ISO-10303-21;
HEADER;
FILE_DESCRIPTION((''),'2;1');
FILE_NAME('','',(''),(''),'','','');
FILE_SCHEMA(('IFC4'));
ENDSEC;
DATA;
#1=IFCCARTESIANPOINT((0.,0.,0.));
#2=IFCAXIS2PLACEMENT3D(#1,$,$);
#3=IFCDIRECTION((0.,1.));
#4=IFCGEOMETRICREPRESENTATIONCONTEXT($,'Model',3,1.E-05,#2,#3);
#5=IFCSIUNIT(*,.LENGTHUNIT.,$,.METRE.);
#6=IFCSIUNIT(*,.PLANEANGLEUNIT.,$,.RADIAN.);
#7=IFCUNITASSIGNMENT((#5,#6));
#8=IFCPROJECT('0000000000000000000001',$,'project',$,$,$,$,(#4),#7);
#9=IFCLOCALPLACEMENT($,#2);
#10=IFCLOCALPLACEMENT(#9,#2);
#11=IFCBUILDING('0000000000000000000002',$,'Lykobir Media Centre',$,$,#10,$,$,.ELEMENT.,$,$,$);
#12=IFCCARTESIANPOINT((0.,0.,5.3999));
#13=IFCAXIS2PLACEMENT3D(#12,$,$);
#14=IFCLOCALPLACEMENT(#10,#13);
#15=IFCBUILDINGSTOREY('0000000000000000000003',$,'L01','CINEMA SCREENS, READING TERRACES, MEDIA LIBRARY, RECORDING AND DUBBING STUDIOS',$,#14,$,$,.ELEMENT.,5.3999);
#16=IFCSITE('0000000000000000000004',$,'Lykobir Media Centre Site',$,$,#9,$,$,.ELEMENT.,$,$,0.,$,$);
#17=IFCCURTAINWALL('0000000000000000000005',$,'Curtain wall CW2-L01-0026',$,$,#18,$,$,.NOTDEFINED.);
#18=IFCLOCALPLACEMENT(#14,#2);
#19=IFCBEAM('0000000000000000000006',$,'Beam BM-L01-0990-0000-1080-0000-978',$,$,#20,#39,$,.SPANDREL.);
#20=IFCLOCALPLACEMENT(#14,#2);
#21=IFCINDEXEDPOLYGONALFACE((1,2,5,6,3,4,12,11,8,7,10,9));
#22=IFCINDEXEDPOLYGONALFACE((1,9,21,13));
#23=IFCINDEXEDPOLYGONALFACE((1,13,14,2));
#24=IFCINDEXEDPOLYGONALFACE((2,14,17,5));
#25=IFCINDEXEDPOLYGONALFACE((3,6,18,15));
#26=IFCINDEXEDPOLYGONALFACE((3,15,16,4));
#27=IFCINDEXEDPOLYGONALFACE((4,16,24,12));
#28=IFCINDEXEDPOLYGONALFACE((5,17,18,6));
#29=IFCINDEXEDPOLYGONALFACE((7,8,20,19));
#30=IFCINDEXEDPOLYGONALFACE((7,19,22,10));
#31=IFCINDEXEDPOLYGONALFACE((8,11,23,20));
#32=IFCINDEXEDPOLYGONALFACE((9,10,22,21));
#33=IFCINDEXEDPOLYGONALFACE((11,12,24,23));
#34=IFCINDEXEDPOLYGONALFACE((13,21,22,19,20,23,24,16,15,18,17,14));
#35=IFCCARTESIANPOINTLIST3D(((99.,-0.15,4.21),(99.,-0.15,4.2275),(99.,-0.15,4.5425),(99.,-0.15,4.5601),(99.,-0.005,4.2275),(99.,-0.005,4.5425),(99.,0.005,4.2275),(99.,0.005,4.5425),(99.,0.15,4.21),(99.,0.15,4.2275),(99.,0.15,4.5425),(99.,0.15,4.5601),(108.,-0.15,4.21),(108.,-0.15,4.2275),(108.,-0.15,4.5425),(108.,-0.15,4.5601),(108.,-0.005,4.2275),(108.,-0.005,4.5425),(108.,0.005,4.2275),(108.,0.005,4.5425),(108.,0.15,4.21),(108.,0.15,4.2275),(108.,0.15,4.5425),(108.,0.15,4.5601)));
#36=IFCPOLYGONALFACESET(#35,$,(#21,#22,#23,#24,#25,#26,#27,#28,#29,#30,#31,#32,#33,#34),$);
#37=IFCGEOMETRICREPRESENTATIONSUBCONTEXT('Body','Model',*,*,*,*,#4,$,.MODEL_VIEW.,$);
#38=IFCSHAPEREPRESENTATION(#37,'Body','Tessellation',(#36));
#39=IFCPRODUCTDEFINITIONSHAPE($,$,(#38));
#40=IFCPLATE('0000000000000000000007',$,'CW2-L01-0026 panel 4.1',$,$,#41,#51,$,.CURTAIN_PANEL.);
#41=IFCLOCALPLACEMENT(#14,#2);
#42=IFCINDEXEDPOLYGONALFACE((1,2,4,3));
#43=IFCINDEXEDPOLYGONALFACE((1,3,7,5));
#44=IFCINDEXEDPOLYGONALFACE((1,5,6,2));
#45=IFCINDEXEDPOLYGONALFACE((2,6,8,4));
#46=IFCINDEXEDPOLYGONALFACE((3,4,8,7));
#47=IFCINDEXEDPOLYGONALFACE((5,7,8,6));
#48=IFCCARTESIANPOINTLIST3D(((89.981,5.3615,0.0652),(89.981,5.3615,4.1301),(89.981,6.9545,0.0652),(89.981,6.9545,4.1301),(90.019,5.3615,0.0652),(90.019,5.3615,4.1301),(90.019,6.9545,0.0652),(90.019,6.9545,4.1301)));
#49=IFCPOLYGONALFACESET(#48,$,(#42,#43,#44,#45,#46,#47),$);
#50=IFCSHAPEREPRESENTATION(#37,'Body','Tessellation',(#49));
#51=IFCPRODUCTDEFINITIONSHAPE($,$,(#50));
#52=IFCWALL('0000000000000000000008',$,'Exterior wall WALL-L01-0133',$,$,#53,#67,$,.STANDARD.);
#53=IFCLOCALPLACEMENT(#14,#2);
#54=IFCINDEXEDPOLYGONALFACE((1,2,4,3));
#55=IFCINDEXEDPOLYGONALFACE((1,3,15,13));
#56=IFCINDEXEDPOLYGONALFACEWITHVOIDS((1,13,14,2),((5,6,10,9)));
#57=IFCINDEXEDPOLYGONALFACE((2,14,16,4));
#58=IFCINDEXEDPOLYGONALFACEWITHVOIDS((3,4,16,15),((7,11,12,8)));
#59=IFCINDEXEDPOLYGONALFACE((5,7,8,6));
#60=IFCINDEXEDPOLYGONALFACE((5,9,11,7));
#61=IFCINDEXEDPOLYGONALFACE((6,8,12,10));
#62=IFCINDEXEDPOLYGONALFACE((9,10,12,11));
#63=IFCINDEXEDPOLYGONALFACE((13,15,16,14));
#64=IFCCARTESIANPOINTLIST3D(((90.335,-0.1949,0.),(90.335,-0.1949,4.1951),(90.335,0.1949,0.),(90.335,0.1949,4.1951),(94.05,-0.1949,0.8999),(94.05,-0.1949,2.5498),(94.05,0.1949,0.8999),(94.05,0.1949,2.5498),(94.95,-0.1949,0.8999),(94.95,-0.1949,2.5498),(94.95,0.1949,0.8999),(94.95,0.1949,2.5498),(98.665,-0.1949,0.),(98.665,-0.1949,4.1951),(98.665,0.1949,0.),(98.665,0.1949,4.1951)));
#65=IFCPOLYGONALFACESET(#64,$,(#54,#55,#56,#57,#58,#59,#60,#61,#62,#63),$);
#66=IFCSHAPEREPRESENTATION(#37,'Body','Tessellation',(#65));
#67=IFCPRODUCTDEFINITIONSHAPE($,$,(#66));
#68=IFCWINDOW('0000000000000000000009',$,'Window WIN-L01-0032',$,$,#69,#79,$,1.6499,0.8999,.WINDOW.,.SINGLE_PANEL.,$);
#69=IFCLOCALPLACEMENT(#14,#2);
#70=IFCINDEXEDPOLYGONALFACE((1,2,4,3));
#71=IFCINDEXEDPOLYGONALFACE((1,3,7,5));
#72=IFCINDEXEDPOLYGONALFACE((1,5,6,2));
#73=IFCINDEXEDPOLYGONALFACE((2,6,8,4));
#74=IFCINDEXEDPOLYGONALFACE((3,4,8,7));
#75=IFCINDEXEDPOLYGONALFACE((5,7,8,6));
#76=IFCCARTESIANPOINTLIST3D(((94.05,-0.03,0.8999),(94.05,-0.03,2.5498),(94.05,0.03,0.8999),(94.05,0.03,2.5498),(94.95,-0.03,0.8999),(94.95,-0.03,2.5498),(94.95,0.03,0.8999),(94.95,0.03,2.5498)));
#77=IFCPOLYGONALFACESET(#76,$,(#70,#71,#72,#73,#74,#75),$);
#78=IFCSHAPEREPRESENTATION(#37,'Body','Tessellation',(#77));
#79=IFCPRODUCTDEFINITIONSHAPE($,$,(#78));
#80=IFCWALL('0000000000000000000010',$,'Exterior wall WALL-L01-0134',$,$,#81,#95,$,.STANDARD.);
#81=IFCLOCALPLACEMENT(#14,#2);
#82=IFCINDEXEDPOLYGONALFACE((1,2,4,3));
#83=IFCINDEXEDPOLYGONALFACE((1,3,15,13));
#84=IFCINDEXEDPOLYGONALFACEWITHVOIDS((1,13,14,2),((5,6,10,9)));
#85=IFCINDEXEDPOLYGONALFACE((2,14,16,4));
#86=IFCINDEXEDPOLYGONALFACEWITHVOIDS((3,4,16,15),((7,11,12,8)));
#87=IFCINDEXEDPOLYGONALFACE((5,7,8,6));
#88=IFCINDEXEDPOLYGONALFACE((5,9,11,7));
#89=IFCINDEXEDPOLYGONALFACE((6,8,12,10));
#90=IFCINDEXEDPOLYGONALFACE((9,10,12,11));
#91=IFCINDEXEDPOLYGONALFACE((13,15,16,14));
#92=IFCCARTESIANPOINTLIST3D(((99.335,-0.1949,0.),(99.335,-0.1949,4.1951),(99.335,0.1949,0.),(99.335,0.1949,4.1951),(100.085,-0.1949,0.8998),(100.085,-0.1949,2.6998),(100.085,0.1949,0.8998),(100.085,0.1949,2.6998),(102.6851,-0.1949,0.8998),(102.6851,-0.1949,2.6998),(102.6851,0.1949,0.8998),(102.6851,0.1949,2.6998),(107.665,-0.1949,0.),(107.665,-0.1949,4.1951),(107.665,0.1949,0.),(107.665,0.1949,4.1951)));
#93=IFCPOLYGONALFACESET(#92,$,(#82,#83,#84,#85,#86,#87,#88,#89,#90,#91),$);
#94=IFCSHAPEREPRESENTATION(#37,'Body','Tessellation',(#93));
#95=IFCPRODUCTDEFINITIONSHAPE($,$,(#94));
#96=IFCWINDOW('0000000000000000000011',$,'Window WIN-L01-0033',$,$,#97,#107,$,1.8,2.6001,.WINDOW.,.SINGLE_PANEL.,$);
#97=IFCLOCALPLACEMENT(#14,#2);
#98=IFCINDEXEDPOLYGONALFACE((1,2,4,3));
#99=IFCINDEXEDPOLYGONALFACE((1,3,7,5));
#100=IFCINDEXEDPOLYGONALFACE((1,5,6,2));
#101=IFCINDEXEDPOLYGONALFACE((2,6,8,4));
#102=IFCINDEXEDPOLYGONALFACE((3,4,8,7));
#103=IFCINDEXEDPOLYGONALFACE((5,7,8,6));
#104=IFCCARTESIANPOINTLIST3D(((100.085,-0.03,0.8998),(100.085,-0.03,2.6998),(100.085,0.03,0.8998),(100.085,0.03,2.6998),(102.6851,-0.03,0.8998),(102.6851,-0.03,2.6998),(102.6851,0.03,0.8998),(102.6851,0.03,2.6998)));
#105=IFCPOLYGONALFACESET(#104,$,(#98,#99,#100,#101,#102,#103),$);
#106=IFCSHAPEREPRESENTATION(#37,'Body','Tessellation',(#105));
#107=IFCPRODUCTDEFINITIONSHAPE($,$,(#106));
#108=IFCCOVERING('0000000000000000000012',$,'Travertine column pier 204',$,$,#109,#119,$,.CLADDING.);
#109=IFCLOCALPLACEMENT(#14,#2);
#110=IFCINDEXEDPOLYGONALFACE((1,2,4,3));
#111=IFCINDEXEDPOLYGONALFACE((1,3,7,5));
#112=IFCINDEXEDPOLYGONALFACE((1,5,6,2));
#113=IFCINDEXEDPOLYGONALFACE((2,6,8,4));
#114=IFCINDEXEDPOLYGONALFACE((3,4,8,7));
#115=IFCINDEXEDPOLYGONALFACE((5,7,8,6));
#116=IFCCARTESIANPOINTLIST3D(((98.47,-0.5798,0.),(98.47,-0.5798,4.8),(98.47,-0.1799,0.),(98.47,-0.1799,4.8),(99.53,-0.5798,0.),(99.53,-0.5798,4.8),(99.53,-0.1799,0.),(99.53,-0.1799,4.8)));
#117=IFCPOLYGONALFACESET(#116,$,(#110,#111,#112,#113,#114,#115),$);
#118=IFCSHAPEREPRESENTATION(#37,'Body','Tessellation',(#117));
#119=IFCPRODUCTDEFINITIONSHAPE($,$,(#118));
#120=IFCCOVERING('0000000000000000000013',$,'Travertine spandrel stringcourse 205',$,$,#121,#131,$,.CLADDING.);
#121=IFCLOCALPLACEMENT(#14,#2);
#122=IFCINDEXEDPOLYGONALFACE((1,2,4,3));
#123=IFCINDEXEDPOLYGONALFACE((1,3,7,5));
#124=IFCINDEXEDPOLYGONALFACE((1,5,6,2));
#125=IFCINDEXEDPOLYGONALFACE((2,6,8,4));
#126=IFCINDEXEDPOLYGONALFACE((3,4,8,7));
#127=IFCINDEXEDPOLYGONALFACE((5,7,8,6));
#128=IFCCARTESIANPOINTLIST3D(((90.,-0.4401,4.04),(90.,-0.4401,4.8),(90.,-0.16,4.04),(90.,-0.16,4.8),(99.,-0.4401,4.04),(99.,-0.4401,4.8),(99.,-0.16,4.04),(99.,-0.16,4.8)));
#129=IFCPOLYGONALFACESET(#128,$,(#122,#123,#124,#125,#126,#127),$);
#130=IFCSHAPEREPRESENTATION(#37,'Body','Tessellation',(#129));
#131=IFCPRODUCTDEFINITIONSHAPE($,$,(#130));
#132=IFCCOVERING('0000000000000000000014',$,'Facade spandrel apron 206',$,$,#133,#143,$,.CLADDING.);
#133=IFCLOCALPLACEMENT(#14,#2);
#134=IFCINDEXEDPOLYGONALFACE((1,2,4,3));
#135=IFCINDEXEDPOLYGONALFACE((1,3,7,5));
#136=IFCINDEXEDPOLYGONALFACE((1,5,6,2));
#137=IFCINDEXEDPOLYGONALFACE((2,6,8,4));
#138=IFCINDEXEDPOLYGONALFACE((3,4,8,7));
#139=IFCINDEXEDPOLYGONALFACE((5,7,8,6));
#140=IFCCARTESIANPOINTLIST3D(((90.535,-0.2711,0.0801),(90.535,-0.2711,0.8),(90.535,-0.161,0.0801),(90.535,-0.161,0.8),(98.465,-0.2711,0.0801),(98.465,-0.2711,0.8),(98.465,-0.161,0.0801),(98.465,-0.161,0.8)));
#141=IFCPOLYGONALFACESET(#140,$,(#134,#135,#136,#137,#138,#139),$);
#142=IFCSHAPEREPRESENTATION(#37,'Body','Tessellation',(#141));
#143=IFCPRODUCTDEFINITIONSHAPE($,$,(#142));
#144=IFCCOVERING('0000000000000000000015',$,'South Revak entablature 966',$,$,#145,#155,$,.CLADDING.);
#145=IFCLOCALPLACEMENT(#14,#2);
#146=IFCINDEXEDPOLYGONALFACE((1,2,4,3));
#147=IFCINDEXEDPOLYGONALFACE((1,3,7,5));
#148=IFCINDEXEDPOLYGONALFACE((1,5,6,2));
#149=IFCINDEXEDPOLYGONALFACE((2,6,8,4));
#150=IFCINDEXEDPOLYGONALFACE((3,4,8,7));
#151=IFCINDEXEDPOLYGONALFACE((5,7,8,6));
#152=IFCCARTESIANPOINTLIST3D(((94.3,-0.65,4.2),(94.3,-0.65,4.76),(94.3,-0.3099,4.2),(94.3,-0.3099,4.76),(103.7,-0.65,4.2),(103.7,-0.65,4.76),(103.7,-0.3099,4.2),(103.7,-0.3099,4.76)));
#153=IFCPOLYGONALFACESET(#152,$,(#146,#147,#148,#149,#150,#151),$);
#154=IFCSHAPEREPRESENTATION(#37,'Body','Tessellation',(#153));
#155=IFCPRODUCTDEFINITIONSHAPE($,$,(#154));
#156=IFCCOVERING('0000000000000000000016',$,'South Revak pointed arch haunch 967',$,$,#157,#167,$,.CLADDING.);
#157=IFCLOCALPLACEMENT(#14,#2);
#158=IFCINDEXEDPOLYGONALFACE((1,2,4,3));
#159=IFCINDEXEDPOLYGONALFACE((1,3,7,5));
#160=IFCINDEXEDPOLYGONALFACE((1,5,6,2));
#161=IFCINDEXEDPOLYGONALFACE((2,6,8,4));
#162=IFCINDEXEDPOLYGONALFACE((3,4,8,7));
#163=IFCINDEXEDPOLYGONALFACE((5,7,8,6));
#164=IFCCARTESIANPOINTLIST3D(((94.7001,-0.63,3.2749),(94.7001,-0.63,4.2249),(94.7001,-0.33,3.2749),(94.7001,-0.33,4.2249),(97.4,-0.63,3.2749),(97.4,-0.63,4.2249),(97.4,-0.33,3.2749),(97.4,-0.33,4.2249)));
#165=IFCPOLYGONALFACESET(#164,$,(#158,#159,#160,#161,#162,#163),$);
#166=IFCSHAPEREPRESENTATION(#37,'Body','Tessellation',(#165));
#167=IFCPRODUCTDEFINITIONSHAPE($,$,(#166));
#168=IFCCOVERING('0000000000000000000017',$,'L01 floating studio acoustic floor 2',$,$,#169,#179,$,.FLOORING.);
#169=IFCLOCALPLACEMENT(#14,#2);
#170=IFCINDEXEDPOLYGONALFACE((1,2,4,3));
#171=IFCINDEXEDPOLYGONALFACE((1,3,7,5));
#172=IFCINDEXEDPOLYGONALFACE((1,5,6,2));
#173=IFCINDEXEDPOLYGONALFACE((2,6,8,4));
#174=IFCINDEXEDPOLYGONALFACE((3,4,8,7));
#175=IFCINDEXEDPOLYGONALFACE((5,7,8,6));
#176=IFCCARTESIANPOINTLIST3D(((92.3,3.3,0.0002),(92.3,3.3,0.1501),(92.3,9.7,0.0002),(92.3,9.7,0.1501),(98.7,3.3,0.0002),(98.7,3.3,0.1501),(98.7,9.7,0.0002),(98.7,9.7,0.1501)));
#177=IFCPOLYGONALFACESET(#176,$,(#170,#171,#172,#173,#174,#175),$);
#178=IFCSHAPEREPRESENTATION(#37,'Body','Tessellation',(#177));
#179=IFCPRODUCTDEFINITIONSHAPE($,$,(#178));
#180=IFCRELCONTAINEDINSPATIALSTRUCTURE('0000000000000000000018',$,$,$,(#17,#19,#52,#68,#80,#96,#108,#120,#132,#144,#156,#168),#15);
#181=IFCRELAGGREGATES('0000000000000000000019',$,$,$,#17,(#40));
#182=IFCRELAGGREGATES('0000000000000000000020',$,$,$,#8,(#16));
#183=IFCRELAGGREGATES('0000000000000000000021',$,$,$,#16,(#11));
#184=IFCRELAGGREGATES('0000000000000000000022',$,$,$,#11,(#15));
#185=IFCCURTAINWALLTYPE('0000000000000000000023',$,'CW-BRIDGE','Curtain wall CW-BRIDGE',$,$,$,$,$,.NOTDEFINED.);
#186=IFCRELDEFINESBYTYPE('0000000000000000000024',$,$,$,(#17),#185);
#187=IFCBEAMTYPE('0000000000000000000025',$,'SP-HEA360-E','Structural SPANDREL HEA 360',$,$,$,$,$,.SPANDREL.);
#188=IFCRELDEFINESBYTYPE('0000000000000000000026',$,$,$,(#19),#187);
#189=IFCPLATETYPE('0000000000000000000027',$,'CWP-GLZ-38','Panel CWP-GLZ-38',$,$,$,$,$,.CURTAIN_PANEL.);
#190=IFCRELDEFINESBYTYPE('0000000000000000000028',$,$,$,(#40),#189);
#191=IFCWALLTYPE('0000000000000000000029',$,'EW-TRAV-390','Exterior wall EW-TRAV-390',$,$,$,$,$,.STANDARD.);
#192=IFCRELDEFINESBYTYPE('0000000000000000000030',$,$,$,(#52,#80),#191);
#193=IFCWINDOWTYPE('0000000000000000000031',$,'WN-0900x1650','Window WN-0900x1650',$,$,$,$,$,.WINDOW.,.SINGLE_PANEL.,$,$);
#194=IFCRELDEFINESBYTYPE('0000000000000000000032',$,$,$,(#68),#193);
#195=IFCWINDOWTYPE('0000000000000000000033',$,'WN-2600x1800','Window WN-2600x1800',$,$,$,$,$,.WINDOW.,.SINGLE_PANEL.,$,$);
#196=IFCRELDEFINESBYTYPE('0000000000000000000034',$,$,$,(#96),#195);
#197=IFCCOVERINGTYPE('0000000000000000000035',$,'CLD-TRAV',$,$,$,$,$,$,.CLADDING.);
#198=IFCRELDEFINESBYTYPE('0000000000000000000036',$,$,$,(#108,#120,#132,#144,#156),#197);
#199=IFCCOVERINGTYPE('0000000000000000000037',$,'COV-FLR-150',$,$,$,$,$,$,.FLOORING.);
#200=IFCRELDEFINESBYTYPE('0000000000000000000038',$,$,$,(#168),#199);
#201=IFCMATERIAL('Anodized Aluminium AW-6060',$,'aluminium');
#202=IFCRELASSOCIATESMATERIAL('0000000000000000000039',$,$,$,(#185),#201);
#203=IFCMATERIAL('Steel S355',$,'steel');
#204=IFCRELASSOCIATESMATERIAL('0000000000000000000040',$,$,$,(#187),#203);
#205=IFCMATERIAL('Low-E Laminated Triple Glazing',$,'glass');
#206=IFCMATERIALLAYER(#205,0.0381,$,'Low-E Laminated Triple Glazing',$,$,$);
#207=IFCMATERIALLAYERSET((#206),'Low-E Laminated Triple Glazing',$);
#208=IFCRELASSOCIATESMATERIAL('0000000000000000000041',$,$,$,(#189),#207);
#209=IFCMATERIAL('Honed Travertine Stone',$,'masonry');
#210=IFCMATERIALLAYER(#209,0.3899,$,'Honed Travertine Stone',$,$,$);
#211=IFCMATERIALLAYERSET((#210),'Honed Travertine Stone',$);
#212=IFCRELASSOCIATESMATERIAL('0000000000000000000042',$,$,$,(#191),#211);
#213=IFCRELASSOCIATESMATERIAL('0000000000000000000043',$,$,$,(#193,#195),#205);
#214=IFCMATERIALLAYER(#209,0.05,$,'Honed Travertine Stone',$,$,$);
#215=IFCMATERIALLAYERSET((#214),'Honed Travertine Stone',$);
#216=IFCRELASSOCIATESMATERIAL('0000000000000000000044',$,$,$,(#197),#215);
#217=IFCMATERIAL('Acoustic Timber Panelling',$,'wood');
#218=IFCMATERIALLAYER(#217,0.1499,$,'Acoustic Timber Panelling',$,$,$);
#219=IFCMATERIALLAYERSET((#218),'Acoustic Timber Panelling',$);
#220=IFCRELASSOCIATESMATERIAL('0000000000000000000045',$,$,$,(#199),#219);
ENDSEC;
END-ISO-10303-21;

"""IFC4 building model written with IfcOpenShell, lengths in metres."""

from ifc_helpers import new_model, si_unit, direction, frame, frame_2d, origin, origin_2d, place, context, subcontext, project, spatial, rectangle, i_section, extrude, material, layer, layer_set, material_profile, profile_set, type_object, element, fill, aggregate, save


model = new_model("IFC4")

# Units and contexts
model_context = context("Model", 3, precision=1e-05, world=origin(), true_north=direction((0.0, 1.0)))
body_context = subcontext(model_context, "Body", "Model", "MODEL_VIEW")
ifc_project = project(units=[si_unit("LENGTHUNIT", "METRE"), si_unit("PLANEANGLEUNIT", "RADIAN")], contexts=[model_context])

# Site, building, storey
site_placement = place(None, origin())
site = spatial("IfcSite", under=ifc_project, at=site_placement, Name="Lykobir Media Centre Site", CompositionType="ELEMENT", RefElevation=0.0)
building_placement = place(site_placement, origin())
building = spatial("IfcBuilding", under=site, at=building_placement, Name="Lykobir Media Centre", CompositionType="ELEMENT")
storey_placement = place(building_placement, frame((0.0, 0.0, 5.3999)))
storey = spatial("IfcBuildingStorey", under=building, at=storey_placement, Name="L01", Description="CINEMA SCREENS, READING TERRACES, MEDIA LIBRARY, RECORDING AND DUBBING STUDIOS", CompositionType="ELEMENT", Elevation=5.3999)

# Shared definitions
ifc_material_1 = material(Name="Honed Travertine Stone", Category="masonry")

# Shared definitions
ifc_material_2 = material(Name="Steel S355", Category="steel")

# Curtain wall
ifc_material_3 = material(Name="Anodized Aluminium AW-6060", Category="aluminium")
curtain_wall_type = type_object("IfcCurtainWallType", Name="CW-BRIDGE", Description="Curtain wall CW-BRIDGE", PredefinedType="NOTDEFINED", material=ifc_material_3)
curtain_wall_placement = place(storey_placement, origin())
curtain_wall = element("IfcCurtainWall", 1, at=curtain_wall_placement, inside=storey, type_object=curtain_wall_type, Name="Curtain wall CW2-L01-0026", PredefinedType="NOTDEFINED")

# Beam
ifc_material_profile_1 = material_profile(ifc_material_2, i_section(OverallWidth=0.3, OverallDepth=0.3501, WebThickness=0.01, FlangeThickness=0.0176, at=origin_2d()), Name="HEA 360")
ifc_profile_set_1 = profile_set([ifc_material_profile_1], Name="Steel S355")
beam_type_1 = type_object("IfcBeamType", Name="SP-HEA360-E", Description="Structural SPANDREL HEA 360", PredefinedType="SPANDREL", material=ifc_profile_set_1)
beam_1_placement = place(storey_placement, frame((99.0, 0.0, 4.385), z_axis=(1.0, 0.0, 0.0), x_axis=(0.0, 1.0, 0.0)))
element("IfcBeam", 2, at=beam_1_placement, inside=storey, type_object=beam_type_1, Name="Beam BM-L01-0990-0000-1080-0000-978", PredefinedType="SPANDREL", context=body_context, shape_type="SweptSolid", body=[
    extrude(i_section(OverallWidth=0.3, OverallDepth=0.3501, WebThickness=0.01, FlangeThickness=0.0176, at=origin_2d()), origin(), (0.0, 0.0, 1.0), 9.0),
])

# Plate
ifc_material_4 = material(Name="Low-E Laminated Triple Glazing", Category="glass")
ifc_layer_1 = layer(ifc_material_4, 0.0381, Name="Low-E Laminated Triple Glazing")
ifc_layer_set_1 = layer_set([ifc_layer_1], Name="Low-E Laminated Triple Glazing")
plate_type = type_object("IfcPlateType", Name="CWP-GLZ-38", Description="Panel CWP-GLZ-38", PredefinedType="CURTAIN_PANEL", material=ifc_layer_set_1)
plate_placement = place(storey_placement, frame((90.0, 6.158, 0.0652), z_axis=(0.0, 0.0, 1.0), x_axis=(0.0, 1.0, 0.0)))
plate = element("IfcPlate", 3, at=plate_placement, type_object=plate_type, Name="CW2-L01-0026 panel 4.1", PredefinedType="CURTAIN_PANEL", context=body_context, shape_type="SweptSolid", body=[
    extrude(rectangle(XDim=1.593, YDim=0.0381, at=origin_2d()), origin(), (0.0, 0.0, 1.0), 4.0649),
])
aggregate(curtain_wall, [plate])

# Walls, openings, windows
ifc_layer_2 = layer(ifc_material_1, 0.3899, Name="Honed Travertine Stone")
ifc_layer_set_2 = layer_set([ifc_layer_2], Name="Honed Travertine Stone")
wall_type = type_object("IfcWallType", Name="EW-TRAV-390", Description="Exterior wall EW-TRAV-390", PredefinedType="STANDARD", material=ifc_layer_set_2)
wall_1_placement = place(storey_placement, frame((90.335, 0.0, 0.0), z_axis=(0.0, 0.0, 1.0), x_axis=(1.0, 0.0, 0.0)))
wall_1 = element("IfcWall", 4, at=wall_1_placement, inside=storey, type_object=wall_type, Name="Exterior wall WALL-L01-0133", PredefinedType="STANDARD", context=body_context, shape_type="SweptSolid", body=[
    extrude(rectangle(XDim=8.3301, YDim=0.3899, at=frame_2d((4.165, 0.0))), origin(), (0.0, 0.0, 1.0), 4.1951),
])
opening_1_placement = place(wall_1_placement, frame((3.7151, 0.0, 0.8999)))
opening_1 = element("IfcOpeningElement", 5, at=opening_1_placement, cuts=wall_1, PredefinedType="OPENING", context=body_context, shape_type="SweptSolid", body=[
    extrude(rectangle(XDim=0.8999, YDim=1.6499, at=frame_2d((0.45, 0.825))), frame((0.0, 0.2048, 0.0), z_axis=(0.0, -1.0, 0.0), x_axis=(1.0, 0.0, 0.0)), (0.0, 0.0, 1.0), 0.4099),
])
window_type_1 = type_object("IfcWindowType", Name="WN-0900x1650", Description="Window WN-0900x1650", PartitioningType="SINGLE_PANEL", PredefinedType="WINDOW", material=ifc_material_4)
window_1_placement = place(opening_1_placement, origin())
window_1 = element("IfcWindow", 6, at=window_1_placement, inside=storey, type_object=window_type_1, Name="Window WIN-L01-0032", OverallHeight=1.6499, OverallWidth=0.8999, PartitioningType="SINGLE_PANEL", PredefinedType="WINDOW", context=body_context, shape_type="SweptSolid", body=[
    extrude(rectangle(XDim=0.8999, YDim=1.6499, at=frame_2d((0.45, 0.825))), frame((0.0, 0.03, 0.0), z_axis=(0.0, -1.0, 0.0), x_axis=(1.0, 0.0, 0.0)), (0.0, 0.0, 1.0), 0.0601),
])
fill(opening_1, window_1)
wall_2_placement = place(storey_placement, frame((99.335, 0.0, 0.0), z_axis=(0.0, 0.0, 1.0), x_axis=(1.0, 0.0, 0.0)))
wall_2 = element("IfcWall", 7, at=wall_2_placement, inside=storey, type_object=wall_type, Name="Exterior wall WALL-L01-0134", PredefinedType="STANDARD", context=body_context, shape_type="SweptSolid", body=[
    extrude(rectangle(XDim=8.3301, YDim=0.3899, at=frame_2d((4.165, 0.0))), origin(), (0.0, 0.0, 1.0), 4.1951),
])
opening_2_placement = place(wall_2_placement, frame((0.75, 0.0, 0.8999)))
opening_2 = element("IfcOpeningElement", 8, at=opening_2_placement, cuts=wall_2, PredefinedType="OPENING", context=body_context, shape_type="SweptSolid", body=[
    extrude(rectangle(XDim=2.6001, YDim=1.8, at=frame_2d((1.3, 0.8999))), frame((0.0, 0.2048, 0.0), z_axis=(0.0, -1.0, 0.0), x_axis=(1.0, 0.0, 0.0)), (0.0, 0.0, 1.0), 0.4099),
])
window_type_2 = type_object("IfcWindowType", Name="WN-2600x1800", Description="Window WN-2600x1800", PartitioningType="SINGLE_PANEL", PredefinedType="WINDOW", material=ifc_material_4)
window_2_placement = place(opening_2_placement, origin())
window_2 = element("IfcWindow", 9, at=window_2_placement, inside=storey, type_object=window_type_2, Name="Window WIN-L01-0033", OverallHeight=1.8, OverallWidth=2.6001, PartitioningType="SINGLE_PANEL", PredefinedType="WINDOW", context=body_context, shape_type="SweptSolid", body=[
    extrude(rectangle(XDim=2.6001, YDim=1.8, at=frame_2d((1.3, 0.8999))), frame((0.0, 0.03, 0.0), z_axis=(0.0, -1.0, 0.0), x_axis=(1.0, 0.0, 0.0)), (0.0, 0.0, 1.0), 0.0601),
])
fill(opening_2, window_2)

# Coverings
ifc_layer_3 = layer(ifc_material_1, 0.05, Name="Honed Travertine Stone")
ifc_layer_set_3 = layer_set([ifc_layer_3], Name="Honed Travertine Stone")
covering_type_1 = type_object("IfcCoveringType", Name="CLD-TRAV", PredefinedType="CLADDING", material=ifc_layer_set_3)
covering_1_placement = place(storey_placement, frame((99.0, -0.3799, 0.0), z_axis=(0.0, 0.0, 1.0), x_axis=(1.0, 0.0, 0.0)))
element("IfcCovering", 10, at=covering_1_placement, inside=storey, type_object=covering_type_1, Name="Travertine column pier 204", PredefinedType="CLADDING", context=body_context, shape_type="SweptSolid", body=[
    extrude(rectangle(XDim=1.0601, YDim=0.3999, at=origin_2d()), origin(), (0.0, 0.0, 1.0), 4.8),
])
covering_2_placement = place(storey_placement, frame((94.5, -0.3, 4.04), z_axis=(0.0, 0.0, 1.0), x_axis=(1.0, 0.0, 0.0)))
element("IfcCovering", 11, at=covering_2_placement, inside=storey, type_object=covering_type_1, Name="Travertine spandrel stringcourse 205", PredefinedType="CLADDING", context=body_context, shape_type="SweptSolid", body=[
    extrude(rectangle(XDim=9.0, YDim=0.28, at=origin_2d()), origin(), (0.0, 0.0, 1.0), 0.76),
])
covering_3_placement = place(storey_placement, frame((94.5, -0.2161, 0.0801), z_axis=(0.0, 0.0, 1.0), x_axis=(1.0, 0.0, 0.0)))
element("IfcCovering", 12, at=covering_3_placement, inside=storey, type_object=covering_type_1, Name="Facade spandrel apron 206", PredefinedType="CLADDING", context=body_context, shape_type="SweptSolid", body=[
    extrude(rectangle(XDim=7.9299, YDim=0.1101, at=origin_2d()), origin(), (0.0, 0.0, 1.0), 0.72),
])
covering_4_placement = place(storey_placement, frame((99.0, -0.48, 4.2), z_axis=(0.0, 0.0, 1.0), x_axis=(1.0, 0.0, 0.0)))
element("IfcCovering", 13, at=covering_4_placement, inside=storey, type_object=covering_type_1, Name="South Revak entablature 966", PredefinedType="CLADDING", context=body_context, shape_type="SweptSolid", body=[
    extrude(rectangle(XDim=9.3999, YDim=0.3401, at=origin_2d()), origin(), (0.0, 0.0, 1.0), 0.5601),
])
covering_5_placement = place(storey_placement, frame((96.05, -0.48, 3.2749), z_axis=(0.0, 0.0, 1.0), x_axis=(1.0, 0.0, 0.0)))
element("IfcCovering", 14, at=covering_5_placement, inside=storey, type_object=covering_type_1, Name="South Revak pointed arch haunch 967", PredefinedType="CLADDING", context=body_context, shape_type="SweptSolid", body=[
    extrude(rectangle(XDim=2.7, YDim=0.3, at=origin_2d()), origin(), (0.0, 0.0, 1.0), 0.95),
])
ifc_material_5 = material(Name="Acoustic Timber Panelling", Category="wood")
ifc_layer_4 = layer(ifc_material_5, 0.1499, Name="Acoustic Timber Panelling")
ifc_layer_set_4 = layer_set([ifc_layer_4], Name="Acoustic Timber Panelling")
covering_type_2 = type_object("IfcCoveringType", Name="COV-FLR-150", PredefinedType="FLOORING", material=ifc_layer_set_4)
covering_6_placement = place(storey_placement, frame((95.5, 6.5, 0.0002), z_axis=(0.0, 0.0, 1.0), x_axis=(1.0, 0.0, 0.0)))
element("IfcCovering", 15, at=covering_6_placement, inside=storey, type_object=covering_type_2, Name="L01 floating studio acoustic floor 2", PredefinedType="FLOORING", context=body_context, shape_type="SweptSolid", body=[
    extrude(rectangle(XDim=6.3999, YDim=6.3999, at=origin_2d()), origin(), (0.0, 0.0, 1.0), 0.1499),
])

save(model, "model.ifc")
